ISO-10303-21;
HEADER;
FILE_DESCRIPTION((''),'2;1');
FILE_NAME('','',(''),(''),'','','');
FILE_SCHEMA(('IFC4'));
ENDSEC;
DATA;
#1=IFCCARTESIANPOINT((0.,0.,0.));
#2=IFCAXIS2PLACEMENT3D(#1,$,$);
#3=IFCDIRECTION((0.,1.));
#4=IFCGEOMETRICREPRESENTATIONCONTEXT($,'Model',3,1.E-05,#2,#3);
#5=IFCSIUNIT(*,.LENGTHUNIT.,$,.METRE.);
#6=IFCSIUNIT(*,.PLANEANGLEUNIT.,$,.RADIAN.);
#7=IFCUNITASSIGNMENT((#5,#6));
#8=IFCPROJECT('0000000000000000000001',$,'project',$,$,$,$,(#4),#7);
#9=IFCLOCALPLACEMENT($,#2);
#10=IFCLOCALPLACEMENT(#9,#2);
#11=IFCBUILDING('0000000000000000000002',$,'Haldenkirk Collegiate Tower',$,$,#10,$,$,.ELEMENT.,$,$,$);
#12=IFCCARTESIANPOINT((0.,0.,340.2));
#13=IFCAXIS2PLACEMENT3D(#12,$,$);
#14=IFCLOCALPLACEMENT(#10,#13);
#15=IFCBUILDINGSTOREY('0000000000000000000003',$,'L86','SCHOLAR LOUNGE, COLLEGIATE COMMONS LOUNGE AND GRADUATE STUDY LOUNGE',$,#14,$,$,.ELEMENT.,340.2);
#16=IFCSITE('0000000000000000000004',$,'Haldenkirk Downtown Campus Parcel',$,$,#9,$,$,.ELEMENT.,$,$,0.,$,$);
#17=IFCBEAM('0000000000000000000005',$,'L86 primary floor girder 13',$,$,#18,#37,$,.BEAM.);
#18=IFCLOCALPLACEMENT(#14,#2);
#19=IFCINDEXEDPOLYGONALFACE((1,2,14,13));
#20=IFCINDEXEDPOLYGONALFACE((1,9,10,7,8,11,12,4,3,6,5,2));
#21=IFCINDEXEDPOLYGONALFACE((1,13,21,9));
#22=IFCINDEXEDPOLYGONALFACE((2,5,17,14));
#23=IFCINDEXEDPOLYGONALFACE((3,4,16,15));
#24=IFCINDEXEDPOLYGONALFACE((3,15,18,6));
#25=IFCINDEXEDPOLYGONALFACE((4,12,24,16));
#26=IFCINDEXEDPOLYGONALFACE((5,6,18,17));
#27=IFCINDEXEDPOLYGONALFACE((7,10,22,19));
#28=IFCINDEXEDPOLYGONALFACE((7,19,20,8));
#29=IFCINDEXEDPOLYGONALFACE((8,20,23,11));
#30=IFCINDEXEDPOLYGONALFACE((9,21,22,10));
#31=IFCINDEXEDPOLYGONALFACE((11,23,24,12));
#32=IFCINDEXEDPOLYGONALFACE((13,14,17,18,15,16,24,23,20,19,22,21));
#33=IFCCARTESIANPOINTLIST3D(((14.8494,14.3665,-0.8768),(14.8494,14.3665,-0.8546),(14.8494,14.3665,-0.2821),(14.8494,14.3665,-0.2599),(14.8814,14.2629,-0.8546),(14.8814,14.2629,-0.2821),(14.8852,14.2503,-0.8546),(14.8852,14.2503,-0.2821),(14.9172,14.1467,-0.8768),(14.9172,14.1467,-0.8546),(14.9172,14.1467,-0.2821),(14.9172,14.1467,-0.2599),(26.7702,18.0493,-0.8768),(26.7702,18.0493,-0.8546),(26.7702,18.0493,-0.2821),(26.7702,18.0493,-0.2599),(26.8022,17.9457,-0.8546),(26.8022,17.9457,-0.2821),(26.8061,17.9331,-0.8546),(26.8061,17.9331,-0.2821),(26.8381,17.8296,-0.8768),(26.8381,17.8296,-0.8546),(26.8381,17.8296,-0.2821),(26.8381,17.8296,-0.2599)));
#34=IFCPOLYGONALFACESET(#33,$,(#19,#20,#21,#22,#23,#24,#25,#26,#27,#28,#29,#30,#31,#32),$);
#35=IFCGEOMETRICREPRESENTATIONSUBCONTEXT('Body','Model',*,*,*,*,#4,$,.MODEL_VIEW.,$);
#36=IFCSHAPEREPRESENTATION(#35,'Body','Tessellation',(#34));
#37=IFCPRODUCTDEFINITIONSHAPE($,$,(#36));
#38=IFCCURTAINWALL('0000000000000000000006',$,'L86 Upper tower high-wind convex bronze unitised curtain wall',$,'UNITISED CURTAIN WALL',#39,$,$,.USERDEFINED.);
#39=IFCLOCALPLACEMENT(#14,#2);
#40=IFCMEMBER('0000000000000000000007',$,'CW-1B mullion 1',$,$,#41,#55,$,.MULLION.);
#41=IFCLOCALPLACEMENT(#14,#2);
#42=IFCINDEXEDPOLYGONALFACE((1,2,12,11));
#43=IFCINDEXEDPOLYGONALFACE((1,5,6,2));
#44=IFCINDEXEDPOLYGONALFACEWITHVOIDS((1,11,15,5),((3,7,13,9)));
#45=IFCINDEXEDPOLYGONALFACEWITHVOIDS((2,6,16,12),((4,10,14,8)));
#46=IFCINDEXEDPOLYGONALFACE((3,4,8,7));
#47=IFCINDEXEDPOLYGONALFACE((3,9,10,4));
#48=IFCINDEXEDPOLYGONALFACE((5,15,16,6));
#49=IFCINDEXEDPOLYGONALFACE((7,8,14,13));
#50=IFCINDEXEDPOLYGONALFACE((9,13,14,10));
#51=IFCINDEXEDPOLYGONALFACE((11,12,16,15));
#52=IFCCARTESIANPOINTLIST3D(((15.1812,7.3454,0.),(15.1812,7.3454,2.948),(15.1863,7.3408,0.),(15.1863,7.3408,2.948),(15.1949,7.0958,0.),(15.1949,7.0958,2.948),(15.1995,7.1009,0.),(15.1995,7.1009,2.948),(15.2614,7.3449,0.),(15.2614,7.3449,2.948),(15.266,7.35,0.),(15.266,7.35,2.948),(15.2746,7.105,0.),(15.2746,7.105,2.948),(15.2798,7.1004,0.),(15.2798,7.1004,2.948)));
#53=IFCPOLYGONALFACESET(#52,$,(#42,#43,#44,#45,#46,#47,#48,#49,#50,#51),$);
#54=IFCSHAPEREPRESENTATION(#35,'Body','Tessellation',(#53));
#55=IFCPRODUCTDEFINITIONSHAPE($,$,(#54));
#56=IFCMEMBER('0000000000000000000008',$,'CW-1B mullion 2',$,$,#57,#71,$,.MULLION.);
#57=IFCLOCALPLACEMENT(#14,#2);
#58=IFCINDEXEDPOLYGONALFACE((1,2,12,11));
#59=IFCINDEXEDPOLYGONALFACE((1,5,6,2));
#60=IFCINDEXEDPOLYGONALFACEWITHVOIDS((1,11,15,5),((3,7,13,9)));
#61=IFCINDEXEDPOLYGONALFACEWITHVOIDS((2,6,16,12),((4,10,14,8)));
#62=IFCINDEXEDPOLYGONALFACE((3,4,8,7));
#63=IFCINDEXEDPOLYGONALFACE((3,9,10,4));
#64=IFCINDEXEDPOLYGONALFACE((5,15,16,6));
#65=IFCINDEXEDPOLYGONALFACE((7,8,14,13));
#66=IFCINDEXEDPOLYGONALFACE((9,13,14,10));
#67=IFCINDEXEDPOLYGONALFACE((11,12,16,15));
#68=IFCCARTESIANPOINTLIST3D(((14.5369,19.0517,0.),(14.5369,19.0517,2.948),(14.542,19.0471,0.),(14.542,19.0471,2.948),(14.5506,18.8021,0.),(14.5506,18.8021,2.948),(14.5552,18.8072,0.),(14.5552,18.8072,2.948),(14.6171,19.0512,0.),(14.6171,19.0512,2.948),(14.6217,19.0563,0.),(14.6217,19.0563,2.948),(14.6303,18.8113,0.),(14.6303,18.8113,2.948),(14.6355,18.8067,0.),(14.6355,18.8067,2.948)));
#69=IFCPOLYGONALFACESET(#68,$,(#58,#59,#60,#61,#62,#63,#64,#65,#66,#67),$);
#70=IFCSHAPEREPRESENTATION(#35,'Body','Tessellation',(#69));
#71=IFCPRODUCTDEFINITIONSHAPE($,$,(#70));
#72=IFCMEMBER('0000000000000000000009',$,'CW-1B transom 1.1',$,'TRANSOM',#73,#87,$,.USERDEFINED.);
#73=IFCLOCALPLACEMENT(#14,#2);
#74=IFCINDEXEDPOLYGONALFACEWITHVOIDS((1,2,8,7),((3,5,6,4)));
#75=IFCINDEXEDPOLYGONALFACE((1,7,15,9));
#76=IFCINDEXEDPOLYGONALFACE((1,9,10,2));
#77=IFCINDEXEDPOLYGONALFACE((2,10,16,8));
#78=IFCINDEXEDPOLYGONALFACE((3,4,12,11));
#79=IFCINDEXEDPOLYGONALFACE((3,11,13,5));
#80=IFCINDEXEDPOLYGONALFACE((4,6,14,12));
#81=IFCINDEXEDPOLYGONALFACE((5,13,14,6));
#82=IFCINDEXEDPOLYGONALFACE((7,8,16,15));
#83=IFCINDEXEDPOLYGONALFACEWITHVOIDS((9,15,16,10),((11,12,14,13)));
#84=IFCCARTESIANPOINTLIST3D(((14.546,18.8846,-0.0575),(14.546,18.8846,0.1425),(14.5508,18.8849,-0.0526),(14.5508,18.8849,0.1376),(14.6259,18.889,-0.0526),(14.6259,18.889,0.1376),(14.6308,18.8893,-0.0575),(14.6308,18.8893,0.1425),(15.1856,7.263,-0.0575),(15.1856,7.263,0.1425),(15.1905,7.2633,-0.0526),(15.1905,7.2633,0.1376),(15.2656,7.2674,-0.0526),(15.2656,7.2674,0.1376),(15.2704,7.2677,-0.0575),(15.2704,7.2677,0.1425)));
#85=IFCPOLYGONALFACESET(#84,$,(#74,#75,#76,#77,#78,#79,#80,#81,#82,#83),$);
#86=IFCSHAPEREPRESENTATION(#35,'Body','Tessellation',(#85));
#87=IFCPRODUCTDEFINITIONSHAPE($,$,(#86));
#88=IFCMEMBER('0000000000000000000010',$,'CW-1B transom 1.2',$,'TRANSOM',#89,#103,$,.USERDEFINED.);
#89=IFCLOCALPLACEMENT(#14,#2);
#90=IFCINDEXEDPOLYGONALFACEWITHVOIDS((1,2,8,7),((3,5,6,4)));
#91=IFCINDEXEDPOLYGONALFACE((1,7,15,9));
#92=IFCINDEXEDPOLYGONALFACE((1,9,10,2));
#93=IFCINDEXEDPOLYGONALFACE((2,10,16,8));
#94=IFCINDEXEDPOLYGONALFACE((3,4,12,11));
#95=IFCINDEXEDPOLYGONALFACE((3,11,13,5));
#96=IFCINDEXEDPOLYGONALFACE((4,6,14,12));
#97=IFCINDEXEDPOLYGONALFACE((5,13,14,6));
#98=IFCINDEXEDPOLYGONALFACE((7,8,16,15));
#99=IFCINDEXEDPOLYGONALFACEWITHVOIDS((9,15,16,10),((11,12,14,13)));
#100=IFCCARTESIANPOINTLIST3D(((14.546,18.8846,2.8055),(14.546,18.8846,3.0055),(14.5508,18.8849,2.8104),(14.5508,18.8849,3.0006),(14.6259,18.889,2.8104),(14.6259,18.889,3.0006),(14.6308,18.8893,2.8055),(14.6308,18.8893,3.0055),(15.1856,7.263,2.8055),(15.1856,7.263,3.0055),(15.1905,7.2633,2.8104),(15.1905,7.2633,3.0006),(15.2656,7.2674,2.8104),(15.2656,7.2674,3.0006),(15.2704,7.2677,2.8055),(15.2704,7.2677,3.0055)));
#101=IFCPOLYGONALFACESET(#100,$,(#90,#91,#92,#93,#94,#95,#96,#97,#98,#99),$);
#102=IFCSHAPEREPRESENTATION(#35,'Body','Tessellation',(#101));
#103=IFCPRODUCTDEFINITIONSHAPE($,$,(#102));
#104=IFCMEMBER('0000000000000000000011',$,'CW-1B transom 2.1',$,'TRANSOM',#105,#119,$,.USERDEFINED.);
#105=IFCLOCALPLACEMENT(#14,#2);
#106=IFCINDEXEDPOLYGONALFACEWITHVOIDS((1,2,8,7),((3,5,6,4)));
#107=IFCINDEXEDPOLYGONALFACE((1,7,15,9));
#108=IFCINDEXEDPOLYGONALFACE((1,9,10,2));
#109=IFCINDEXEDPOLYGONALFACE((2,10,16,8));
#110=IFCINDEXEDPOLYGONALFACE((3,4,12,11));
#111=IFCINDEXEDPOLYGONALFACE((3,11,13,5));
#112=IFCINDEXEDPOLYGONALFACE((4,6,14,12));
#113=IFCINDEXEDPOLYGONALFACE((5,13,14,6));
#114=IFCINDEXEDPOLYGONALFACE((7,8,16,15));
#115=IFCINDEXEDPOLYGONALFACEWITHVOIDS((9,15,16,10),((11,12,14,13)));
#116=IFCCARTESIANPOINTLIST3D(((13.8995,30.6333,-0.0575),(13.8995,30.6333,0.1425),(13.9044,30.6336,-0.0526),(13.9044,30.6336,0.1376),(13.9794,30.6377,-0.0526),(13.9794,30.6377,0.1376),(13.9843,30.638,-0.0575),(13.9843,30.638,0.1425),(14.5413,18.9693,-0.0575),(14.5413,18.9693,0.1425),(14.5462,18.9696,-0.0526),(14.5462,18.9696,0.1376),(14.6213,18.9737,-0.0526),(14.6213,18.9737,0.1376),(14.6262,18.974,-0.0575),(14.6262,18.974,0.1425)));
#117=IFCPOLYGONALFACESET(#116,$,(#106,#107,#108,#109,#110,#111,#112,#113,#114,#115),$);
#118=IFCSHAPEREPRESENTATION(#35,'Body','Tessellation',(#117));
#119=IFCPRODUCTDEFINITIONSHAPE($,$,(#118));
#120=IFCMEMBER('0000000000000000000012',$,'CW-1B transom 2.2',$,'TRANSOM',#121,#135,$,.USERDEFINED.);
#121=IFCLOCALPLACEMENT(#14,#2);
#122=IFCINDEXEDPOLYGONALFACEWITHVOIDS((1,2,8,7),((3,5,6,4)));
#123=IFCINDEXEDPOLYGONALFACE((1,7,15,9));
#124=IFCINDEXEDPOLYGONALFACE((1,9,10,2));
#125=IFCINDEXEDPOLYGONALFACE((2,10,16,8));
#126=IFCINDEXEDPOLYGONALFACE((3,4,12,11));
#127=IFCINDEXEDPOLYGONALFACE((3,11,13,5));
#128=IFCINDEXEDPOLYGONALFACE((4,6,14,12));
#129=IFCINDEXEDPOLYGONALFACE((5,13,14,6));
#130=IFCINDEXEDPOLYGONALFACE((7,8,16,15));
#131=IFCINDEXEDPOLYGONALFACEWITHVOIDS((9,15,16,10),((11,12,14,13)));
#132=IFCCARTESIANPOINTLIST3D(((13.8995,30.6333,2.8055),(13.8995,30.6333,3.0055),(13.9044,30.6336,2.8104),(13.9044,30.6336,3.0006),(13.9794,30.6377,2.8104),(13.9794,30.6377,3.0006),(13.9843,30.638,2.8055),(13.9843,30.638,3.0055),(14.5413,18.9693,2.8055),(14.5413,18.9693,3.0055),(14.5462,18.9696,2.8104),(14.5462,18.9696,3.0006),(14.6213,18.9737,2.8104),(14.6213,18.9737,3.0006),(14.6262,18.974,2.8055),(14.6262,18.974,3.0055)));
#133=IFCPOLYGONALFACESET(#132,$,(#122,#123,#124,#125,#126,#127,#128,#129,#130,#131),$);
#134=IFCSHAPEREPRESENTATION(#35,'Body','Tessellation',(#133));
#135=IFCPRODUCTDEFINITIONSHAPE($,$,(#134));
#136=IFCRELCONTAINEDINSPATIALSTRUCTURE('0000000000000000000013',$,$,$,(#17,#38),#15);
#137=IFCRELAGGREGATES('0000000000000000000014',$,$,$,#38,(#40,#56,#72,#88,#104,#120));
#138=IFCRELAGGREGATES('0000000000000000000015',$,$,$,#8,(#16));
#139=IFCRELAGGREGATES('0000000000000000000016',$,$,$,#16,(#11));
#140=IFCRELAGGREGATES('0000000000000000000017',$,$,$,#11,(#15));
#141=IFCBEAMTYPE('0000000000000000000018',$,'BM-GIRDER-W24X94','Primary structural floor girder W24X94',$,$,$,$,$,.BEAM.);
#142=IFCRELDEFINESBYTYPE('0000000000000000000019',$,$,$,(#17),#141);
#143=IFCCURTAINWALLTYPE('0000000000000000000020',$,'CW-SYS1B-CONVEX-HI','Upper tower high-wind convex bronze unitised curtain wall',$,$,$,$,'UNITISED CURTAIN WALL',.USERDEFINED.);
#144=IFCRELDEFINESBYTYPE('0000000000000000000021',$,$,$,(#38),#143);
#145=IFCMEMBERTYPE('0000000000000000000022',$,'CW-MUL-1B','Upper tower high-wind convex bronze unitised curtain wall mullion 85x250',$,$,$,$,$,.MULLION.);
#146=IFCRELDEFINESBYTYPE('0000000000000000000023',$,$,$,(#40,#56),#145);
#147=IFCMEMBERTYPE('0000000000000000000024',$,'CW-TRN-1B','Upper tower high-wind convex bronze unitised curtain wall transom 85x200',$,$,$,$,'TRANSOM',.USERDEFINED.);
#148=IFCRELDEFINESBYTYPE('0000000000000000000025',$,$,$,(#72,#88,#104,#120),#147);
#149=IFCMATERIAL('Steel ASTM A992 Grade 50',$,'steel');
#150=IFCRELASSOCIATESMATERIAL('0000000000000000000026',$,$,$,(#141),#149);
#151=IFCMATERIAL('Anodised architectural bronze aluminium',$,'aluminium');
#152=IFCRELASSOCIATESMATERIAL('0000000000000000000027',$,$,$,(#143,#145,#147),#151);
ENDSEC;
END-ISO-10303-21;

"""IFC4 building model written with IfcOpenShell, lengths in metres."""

from ifc_helpers import new_model, si_unit, direction, frame, origin, origin_2d, place, context, subcontext, project, spatial, hollow_rectangle, i_section, extrude, material, material_profile, profile_set, type_object, element, aggregate, save


model = new_model("IFC4")

# Units and contexts
model_context = context("Model", 3, precision=1e-05, world=origin(), true_north=direction((0.0, 1.0)))
body_context = subcontext(model_context, "Body", "Model", "MODEL_VIEW")
ifc_project = project(units=[si_unit("LENGTHUNIT", "METRE"), si_unit("PLANEANGLEUNIT", "RADIAN")], contexts=[model_context])

# Site, building, storey
site_placement = place(None, origin())
site = spatial("IfcSite", under=ifc_project, at=site_placement, Name="Haldenkirk Downtown Campus Parcel", CompositionType="ELEMENT", RefElevation=0.0)
building_placement = place(site_placement, origin())
building = spatial("IfcBuilding", under=site, at=building_placement, Name="Haldenkirk Collegiate Tower", CompositionType="ELEMENT")
storey_placement = place(building_placement, frame((0.0, 0.0, 340.2)))
storey = spatial("IfcBuildingStorey", under=building, at=storey_placement, Name="L86", Description="SCHOLAR LOUNGE, COLLEGIATE COMMONS LOUNGE AND GRADUATE STUDY LOUNGE", CompositionType="ELEMENT", Elevation=340.2)

# Beam
ifc_material_1 = material(Name="Steel ASTM A992 Grade 50", Category="steel")
ifc_material_profile_1 = material_profile(ifc_material_1, i_section(OverallWidth=0.23, OverallDepth=0.6169, WebThickness=0.0132, FlangeThickness=0.0222, at=origin_2d()), Name="W24X94")
ifc_profile_set_1 = profile_set([ifc_material_profile_1], Name="Steel ASTM A992 Grade 50")
beam_type = type_object("IfcBeamType", Name="BM-GIRDER-W24X94", Description="Primary structural floor girder W24X94", PredefinedType="BEAM", material=ifc_profile_set_1)
beam_placement = place(storey_placement, frame((14.8833, 14.2566, -0.5684), z_axis=(0.955443, 0.295176, 0.0), x_axis=(-0.295176, 0.955443, 0.0)))
element("IfcBeam", 1, at=beam_placement, inside=storey, type_object=beam_type, Name="L86 primary floor girder 13", PredefinedType="BEAM", context=body_context, shape_type="SweptSolid", body=[
    extrude(i_section(OverallWidth=0.23, OverallDepth=0.6169, WebThickness=0.0132, FlangeThickness=0.0222, at=origin_2d()), origin(), (0.0, 0.0, 1.0), 12.4768),
])

# Curtain wall, members
ifc_material_2 = material(Name="Anodised architectural bronze aluminium", Category="aluminium")
curtain_wall_type = type_object("IfcCurtainWallType", Name="CW-SYS1B-CONVEX-HI", Description="Upper tower high-wind convex bronze unitised curtain wall", ElementType="UNITISED CURTAIN WALL", PredefinedType="USERDEFINED", material=ifc_material_2)
curtain_wall_placement = place(storey_placement, origin())
curtain_wall = element("IfcCurtainWall", 2, at=curtain_wall_placement, inside=storey, type_object=curtain_wall_type, Name="L86 Upper tower high-wind convex bronze unitised curtain wall", ObjectType="UNITISED CURTAIN WALL", PredefinedType="USERDEFINED")
ifc_material_profile_2 = material_profile(ifc_material_2, hollow_rectangle(XDim=0.085, YDim=0.25, WallThickness=0.0049, at=origin_2d()), Name="CW-MUL-1B")
ifc_profile_set_2 = profile_set([ifc_material_profile_2], Name="Anodised architectural bronze aluminium")
member_type_1 = type_object("IfcMemberType", Name="CW-MUL-1B", Description="Upper tower high-wind convex bronze unitised curtain wall mullion 85x250", PredefinedType="MULLION", material=ifc_profile_set_2)
member_1_placement = place(storey_placement, frame((15.2305, 7.2229, 0.0), z_axis=(0.0, 0.0, 1.0), x_axis=(-0.998489, -0.054949, 0.0)))
member_1 = element("IfcMember", 3, at=member_1_placement, type_object=member_type_1, Name="CW-1B mullion 1", PredefinedType="MULLION", context=body_context, shape_type="SweptSolid", body=[
    extrude(hollow_rectangle(XDim=0.085, YDim=0.25, WallThickness=0.0049, at=origin_2d()), origin(), (0.0, 0.0, 1.0), 2.948),
])
member_2_placement = place(storey_placement, frame((14.5862, 18.9292, 0.0), z_axis=(0.0, 0.0, 1.0), x_axis=(-0.998489, -0.054949, 0.0)))
member_2 = element("IfcMember", 4, at=member_2_placement, type_object=member_type_1, Name="CW-1B mullion 2", PredefinedType="MULLION", context=body_context, shape_type="SweptSolid", body=[
    extrude(hollow_rectangle(XDim=0.085, YDim=0.25, WallThickness=0.0049, at=origin_2d()), origin(), (0.0, 0.0, 1.0), 2.948),
])
ifc_material_profile_3 = material_profile(ifc_material_2, hollow_rectangle(XDim=0.085, YDim=0.2, WallThickness=0.0049, at=origin_2d()), Name="CW-TRN-1B")
ifc_profile_set_3 = profile_set([ifc_material_profile_3], Name="Anodised architectural bronze aluminium")
member_type_2 = type_object("IfcMemberType", Name="CW-TRN-1B", Description="Upper tower high-wind convex bronze unitised curtain wall transom 85x200", ElementType="TRANSOM", PredefinedType="USERDEFINED", material=ifc_profile_set_3)
member_3_placement = place(storey_placement, frame((15.228, 7.2654, 0.0425), z_axis=(-0.054957, 0.998489, 0.0), x_axis=(-0.998489, -0.054957, 0.0)))
member_3 = element("IfcMember", 5, at=member_3_placement, type_object=member_type_2, Name="CW-1B transom 1.1", ObjectType="TRANSOM", PredefinedType="USERDEFINED", context=body_context, shape_type="SweptSolid", body=[
    extrude(hollow_rectangle(XDim=0.085, YDim=0.2, WallThickness=0.0049, at=origin_2d()), origin(), (0.0, 0.0, 1.0), 11.6392),
])
member_4_placement = place(storey_placement, frame((15.228, 7.2654, 2.9055), z_axis=(-0.054957, 0.998489, 0.0), x_axis=(-0.998489, -0.054957, 0.0)))
member_4 = element("IfcMember", 6, at=member_4_placement, type_object=member_type_2, Name="CW-1B transom 1.2", ObjectType="TRANSOM", PredefinedType="USERDEFINED", context=body_context, shape_type="SweptSolid", body=[
    extrude(hollow_rectangle(XDim=0.085, YDim=0.2, WallThickness=0.0049, at=origin_2d()), origin(), (0.0, 0.0, 1.0), 11.6392),
])
member_5_placement = place(storey_placement, frame((14.5837, 18.9717, 0.0425), z_axis=(-0.054945, 0.998489, 0.0), x_axis=(-0.998489, -0.054945, 0.0)))
member_5 = element("IfcMember", 7, at=member_5_placement, type_object=member_type_2, Name="CW-1B transom 2.1", ObjectType="TRANSOM", PredefinedType="USERDEFINED", context=body_context, shape_type="SweptSolid", body=[
    extrude(hollow_rectangle(XDim=0.085, YDim=0.2, WallThickness=0.0049, at=origin_2d()), origin(), (0.0, 0.0, 1.0), 11.6816),
])
member_6_placement = place(storey_placement, frame((14.5837, 18.9717, 2.9055), z_axis=(-0.054945, 0.998489, 0.0), x_axis=(-0.998489, -0.054945, 0.0)))
member_6 = element("IfcMember", 8, at=member_6_placement, type_object=member_type_2, Name="CW-1B transom 2.2", ObjectType="TRANSOM", PredefinedType="USERDEFINED", context=body_context, shape_type="SweptSolid", body=[
    extrude(hollow_rectangle(XDim=0.085, YDim=0.2, WallThickness=0.0049, at=origin_2d()), origin(), (0.0, 0.0, 1.0), 11.6816),
])

aggregate(curtain_wall, [member_1, member_2, member_3, member_4, member_5, member_6])

save(model, "model.ifc")
